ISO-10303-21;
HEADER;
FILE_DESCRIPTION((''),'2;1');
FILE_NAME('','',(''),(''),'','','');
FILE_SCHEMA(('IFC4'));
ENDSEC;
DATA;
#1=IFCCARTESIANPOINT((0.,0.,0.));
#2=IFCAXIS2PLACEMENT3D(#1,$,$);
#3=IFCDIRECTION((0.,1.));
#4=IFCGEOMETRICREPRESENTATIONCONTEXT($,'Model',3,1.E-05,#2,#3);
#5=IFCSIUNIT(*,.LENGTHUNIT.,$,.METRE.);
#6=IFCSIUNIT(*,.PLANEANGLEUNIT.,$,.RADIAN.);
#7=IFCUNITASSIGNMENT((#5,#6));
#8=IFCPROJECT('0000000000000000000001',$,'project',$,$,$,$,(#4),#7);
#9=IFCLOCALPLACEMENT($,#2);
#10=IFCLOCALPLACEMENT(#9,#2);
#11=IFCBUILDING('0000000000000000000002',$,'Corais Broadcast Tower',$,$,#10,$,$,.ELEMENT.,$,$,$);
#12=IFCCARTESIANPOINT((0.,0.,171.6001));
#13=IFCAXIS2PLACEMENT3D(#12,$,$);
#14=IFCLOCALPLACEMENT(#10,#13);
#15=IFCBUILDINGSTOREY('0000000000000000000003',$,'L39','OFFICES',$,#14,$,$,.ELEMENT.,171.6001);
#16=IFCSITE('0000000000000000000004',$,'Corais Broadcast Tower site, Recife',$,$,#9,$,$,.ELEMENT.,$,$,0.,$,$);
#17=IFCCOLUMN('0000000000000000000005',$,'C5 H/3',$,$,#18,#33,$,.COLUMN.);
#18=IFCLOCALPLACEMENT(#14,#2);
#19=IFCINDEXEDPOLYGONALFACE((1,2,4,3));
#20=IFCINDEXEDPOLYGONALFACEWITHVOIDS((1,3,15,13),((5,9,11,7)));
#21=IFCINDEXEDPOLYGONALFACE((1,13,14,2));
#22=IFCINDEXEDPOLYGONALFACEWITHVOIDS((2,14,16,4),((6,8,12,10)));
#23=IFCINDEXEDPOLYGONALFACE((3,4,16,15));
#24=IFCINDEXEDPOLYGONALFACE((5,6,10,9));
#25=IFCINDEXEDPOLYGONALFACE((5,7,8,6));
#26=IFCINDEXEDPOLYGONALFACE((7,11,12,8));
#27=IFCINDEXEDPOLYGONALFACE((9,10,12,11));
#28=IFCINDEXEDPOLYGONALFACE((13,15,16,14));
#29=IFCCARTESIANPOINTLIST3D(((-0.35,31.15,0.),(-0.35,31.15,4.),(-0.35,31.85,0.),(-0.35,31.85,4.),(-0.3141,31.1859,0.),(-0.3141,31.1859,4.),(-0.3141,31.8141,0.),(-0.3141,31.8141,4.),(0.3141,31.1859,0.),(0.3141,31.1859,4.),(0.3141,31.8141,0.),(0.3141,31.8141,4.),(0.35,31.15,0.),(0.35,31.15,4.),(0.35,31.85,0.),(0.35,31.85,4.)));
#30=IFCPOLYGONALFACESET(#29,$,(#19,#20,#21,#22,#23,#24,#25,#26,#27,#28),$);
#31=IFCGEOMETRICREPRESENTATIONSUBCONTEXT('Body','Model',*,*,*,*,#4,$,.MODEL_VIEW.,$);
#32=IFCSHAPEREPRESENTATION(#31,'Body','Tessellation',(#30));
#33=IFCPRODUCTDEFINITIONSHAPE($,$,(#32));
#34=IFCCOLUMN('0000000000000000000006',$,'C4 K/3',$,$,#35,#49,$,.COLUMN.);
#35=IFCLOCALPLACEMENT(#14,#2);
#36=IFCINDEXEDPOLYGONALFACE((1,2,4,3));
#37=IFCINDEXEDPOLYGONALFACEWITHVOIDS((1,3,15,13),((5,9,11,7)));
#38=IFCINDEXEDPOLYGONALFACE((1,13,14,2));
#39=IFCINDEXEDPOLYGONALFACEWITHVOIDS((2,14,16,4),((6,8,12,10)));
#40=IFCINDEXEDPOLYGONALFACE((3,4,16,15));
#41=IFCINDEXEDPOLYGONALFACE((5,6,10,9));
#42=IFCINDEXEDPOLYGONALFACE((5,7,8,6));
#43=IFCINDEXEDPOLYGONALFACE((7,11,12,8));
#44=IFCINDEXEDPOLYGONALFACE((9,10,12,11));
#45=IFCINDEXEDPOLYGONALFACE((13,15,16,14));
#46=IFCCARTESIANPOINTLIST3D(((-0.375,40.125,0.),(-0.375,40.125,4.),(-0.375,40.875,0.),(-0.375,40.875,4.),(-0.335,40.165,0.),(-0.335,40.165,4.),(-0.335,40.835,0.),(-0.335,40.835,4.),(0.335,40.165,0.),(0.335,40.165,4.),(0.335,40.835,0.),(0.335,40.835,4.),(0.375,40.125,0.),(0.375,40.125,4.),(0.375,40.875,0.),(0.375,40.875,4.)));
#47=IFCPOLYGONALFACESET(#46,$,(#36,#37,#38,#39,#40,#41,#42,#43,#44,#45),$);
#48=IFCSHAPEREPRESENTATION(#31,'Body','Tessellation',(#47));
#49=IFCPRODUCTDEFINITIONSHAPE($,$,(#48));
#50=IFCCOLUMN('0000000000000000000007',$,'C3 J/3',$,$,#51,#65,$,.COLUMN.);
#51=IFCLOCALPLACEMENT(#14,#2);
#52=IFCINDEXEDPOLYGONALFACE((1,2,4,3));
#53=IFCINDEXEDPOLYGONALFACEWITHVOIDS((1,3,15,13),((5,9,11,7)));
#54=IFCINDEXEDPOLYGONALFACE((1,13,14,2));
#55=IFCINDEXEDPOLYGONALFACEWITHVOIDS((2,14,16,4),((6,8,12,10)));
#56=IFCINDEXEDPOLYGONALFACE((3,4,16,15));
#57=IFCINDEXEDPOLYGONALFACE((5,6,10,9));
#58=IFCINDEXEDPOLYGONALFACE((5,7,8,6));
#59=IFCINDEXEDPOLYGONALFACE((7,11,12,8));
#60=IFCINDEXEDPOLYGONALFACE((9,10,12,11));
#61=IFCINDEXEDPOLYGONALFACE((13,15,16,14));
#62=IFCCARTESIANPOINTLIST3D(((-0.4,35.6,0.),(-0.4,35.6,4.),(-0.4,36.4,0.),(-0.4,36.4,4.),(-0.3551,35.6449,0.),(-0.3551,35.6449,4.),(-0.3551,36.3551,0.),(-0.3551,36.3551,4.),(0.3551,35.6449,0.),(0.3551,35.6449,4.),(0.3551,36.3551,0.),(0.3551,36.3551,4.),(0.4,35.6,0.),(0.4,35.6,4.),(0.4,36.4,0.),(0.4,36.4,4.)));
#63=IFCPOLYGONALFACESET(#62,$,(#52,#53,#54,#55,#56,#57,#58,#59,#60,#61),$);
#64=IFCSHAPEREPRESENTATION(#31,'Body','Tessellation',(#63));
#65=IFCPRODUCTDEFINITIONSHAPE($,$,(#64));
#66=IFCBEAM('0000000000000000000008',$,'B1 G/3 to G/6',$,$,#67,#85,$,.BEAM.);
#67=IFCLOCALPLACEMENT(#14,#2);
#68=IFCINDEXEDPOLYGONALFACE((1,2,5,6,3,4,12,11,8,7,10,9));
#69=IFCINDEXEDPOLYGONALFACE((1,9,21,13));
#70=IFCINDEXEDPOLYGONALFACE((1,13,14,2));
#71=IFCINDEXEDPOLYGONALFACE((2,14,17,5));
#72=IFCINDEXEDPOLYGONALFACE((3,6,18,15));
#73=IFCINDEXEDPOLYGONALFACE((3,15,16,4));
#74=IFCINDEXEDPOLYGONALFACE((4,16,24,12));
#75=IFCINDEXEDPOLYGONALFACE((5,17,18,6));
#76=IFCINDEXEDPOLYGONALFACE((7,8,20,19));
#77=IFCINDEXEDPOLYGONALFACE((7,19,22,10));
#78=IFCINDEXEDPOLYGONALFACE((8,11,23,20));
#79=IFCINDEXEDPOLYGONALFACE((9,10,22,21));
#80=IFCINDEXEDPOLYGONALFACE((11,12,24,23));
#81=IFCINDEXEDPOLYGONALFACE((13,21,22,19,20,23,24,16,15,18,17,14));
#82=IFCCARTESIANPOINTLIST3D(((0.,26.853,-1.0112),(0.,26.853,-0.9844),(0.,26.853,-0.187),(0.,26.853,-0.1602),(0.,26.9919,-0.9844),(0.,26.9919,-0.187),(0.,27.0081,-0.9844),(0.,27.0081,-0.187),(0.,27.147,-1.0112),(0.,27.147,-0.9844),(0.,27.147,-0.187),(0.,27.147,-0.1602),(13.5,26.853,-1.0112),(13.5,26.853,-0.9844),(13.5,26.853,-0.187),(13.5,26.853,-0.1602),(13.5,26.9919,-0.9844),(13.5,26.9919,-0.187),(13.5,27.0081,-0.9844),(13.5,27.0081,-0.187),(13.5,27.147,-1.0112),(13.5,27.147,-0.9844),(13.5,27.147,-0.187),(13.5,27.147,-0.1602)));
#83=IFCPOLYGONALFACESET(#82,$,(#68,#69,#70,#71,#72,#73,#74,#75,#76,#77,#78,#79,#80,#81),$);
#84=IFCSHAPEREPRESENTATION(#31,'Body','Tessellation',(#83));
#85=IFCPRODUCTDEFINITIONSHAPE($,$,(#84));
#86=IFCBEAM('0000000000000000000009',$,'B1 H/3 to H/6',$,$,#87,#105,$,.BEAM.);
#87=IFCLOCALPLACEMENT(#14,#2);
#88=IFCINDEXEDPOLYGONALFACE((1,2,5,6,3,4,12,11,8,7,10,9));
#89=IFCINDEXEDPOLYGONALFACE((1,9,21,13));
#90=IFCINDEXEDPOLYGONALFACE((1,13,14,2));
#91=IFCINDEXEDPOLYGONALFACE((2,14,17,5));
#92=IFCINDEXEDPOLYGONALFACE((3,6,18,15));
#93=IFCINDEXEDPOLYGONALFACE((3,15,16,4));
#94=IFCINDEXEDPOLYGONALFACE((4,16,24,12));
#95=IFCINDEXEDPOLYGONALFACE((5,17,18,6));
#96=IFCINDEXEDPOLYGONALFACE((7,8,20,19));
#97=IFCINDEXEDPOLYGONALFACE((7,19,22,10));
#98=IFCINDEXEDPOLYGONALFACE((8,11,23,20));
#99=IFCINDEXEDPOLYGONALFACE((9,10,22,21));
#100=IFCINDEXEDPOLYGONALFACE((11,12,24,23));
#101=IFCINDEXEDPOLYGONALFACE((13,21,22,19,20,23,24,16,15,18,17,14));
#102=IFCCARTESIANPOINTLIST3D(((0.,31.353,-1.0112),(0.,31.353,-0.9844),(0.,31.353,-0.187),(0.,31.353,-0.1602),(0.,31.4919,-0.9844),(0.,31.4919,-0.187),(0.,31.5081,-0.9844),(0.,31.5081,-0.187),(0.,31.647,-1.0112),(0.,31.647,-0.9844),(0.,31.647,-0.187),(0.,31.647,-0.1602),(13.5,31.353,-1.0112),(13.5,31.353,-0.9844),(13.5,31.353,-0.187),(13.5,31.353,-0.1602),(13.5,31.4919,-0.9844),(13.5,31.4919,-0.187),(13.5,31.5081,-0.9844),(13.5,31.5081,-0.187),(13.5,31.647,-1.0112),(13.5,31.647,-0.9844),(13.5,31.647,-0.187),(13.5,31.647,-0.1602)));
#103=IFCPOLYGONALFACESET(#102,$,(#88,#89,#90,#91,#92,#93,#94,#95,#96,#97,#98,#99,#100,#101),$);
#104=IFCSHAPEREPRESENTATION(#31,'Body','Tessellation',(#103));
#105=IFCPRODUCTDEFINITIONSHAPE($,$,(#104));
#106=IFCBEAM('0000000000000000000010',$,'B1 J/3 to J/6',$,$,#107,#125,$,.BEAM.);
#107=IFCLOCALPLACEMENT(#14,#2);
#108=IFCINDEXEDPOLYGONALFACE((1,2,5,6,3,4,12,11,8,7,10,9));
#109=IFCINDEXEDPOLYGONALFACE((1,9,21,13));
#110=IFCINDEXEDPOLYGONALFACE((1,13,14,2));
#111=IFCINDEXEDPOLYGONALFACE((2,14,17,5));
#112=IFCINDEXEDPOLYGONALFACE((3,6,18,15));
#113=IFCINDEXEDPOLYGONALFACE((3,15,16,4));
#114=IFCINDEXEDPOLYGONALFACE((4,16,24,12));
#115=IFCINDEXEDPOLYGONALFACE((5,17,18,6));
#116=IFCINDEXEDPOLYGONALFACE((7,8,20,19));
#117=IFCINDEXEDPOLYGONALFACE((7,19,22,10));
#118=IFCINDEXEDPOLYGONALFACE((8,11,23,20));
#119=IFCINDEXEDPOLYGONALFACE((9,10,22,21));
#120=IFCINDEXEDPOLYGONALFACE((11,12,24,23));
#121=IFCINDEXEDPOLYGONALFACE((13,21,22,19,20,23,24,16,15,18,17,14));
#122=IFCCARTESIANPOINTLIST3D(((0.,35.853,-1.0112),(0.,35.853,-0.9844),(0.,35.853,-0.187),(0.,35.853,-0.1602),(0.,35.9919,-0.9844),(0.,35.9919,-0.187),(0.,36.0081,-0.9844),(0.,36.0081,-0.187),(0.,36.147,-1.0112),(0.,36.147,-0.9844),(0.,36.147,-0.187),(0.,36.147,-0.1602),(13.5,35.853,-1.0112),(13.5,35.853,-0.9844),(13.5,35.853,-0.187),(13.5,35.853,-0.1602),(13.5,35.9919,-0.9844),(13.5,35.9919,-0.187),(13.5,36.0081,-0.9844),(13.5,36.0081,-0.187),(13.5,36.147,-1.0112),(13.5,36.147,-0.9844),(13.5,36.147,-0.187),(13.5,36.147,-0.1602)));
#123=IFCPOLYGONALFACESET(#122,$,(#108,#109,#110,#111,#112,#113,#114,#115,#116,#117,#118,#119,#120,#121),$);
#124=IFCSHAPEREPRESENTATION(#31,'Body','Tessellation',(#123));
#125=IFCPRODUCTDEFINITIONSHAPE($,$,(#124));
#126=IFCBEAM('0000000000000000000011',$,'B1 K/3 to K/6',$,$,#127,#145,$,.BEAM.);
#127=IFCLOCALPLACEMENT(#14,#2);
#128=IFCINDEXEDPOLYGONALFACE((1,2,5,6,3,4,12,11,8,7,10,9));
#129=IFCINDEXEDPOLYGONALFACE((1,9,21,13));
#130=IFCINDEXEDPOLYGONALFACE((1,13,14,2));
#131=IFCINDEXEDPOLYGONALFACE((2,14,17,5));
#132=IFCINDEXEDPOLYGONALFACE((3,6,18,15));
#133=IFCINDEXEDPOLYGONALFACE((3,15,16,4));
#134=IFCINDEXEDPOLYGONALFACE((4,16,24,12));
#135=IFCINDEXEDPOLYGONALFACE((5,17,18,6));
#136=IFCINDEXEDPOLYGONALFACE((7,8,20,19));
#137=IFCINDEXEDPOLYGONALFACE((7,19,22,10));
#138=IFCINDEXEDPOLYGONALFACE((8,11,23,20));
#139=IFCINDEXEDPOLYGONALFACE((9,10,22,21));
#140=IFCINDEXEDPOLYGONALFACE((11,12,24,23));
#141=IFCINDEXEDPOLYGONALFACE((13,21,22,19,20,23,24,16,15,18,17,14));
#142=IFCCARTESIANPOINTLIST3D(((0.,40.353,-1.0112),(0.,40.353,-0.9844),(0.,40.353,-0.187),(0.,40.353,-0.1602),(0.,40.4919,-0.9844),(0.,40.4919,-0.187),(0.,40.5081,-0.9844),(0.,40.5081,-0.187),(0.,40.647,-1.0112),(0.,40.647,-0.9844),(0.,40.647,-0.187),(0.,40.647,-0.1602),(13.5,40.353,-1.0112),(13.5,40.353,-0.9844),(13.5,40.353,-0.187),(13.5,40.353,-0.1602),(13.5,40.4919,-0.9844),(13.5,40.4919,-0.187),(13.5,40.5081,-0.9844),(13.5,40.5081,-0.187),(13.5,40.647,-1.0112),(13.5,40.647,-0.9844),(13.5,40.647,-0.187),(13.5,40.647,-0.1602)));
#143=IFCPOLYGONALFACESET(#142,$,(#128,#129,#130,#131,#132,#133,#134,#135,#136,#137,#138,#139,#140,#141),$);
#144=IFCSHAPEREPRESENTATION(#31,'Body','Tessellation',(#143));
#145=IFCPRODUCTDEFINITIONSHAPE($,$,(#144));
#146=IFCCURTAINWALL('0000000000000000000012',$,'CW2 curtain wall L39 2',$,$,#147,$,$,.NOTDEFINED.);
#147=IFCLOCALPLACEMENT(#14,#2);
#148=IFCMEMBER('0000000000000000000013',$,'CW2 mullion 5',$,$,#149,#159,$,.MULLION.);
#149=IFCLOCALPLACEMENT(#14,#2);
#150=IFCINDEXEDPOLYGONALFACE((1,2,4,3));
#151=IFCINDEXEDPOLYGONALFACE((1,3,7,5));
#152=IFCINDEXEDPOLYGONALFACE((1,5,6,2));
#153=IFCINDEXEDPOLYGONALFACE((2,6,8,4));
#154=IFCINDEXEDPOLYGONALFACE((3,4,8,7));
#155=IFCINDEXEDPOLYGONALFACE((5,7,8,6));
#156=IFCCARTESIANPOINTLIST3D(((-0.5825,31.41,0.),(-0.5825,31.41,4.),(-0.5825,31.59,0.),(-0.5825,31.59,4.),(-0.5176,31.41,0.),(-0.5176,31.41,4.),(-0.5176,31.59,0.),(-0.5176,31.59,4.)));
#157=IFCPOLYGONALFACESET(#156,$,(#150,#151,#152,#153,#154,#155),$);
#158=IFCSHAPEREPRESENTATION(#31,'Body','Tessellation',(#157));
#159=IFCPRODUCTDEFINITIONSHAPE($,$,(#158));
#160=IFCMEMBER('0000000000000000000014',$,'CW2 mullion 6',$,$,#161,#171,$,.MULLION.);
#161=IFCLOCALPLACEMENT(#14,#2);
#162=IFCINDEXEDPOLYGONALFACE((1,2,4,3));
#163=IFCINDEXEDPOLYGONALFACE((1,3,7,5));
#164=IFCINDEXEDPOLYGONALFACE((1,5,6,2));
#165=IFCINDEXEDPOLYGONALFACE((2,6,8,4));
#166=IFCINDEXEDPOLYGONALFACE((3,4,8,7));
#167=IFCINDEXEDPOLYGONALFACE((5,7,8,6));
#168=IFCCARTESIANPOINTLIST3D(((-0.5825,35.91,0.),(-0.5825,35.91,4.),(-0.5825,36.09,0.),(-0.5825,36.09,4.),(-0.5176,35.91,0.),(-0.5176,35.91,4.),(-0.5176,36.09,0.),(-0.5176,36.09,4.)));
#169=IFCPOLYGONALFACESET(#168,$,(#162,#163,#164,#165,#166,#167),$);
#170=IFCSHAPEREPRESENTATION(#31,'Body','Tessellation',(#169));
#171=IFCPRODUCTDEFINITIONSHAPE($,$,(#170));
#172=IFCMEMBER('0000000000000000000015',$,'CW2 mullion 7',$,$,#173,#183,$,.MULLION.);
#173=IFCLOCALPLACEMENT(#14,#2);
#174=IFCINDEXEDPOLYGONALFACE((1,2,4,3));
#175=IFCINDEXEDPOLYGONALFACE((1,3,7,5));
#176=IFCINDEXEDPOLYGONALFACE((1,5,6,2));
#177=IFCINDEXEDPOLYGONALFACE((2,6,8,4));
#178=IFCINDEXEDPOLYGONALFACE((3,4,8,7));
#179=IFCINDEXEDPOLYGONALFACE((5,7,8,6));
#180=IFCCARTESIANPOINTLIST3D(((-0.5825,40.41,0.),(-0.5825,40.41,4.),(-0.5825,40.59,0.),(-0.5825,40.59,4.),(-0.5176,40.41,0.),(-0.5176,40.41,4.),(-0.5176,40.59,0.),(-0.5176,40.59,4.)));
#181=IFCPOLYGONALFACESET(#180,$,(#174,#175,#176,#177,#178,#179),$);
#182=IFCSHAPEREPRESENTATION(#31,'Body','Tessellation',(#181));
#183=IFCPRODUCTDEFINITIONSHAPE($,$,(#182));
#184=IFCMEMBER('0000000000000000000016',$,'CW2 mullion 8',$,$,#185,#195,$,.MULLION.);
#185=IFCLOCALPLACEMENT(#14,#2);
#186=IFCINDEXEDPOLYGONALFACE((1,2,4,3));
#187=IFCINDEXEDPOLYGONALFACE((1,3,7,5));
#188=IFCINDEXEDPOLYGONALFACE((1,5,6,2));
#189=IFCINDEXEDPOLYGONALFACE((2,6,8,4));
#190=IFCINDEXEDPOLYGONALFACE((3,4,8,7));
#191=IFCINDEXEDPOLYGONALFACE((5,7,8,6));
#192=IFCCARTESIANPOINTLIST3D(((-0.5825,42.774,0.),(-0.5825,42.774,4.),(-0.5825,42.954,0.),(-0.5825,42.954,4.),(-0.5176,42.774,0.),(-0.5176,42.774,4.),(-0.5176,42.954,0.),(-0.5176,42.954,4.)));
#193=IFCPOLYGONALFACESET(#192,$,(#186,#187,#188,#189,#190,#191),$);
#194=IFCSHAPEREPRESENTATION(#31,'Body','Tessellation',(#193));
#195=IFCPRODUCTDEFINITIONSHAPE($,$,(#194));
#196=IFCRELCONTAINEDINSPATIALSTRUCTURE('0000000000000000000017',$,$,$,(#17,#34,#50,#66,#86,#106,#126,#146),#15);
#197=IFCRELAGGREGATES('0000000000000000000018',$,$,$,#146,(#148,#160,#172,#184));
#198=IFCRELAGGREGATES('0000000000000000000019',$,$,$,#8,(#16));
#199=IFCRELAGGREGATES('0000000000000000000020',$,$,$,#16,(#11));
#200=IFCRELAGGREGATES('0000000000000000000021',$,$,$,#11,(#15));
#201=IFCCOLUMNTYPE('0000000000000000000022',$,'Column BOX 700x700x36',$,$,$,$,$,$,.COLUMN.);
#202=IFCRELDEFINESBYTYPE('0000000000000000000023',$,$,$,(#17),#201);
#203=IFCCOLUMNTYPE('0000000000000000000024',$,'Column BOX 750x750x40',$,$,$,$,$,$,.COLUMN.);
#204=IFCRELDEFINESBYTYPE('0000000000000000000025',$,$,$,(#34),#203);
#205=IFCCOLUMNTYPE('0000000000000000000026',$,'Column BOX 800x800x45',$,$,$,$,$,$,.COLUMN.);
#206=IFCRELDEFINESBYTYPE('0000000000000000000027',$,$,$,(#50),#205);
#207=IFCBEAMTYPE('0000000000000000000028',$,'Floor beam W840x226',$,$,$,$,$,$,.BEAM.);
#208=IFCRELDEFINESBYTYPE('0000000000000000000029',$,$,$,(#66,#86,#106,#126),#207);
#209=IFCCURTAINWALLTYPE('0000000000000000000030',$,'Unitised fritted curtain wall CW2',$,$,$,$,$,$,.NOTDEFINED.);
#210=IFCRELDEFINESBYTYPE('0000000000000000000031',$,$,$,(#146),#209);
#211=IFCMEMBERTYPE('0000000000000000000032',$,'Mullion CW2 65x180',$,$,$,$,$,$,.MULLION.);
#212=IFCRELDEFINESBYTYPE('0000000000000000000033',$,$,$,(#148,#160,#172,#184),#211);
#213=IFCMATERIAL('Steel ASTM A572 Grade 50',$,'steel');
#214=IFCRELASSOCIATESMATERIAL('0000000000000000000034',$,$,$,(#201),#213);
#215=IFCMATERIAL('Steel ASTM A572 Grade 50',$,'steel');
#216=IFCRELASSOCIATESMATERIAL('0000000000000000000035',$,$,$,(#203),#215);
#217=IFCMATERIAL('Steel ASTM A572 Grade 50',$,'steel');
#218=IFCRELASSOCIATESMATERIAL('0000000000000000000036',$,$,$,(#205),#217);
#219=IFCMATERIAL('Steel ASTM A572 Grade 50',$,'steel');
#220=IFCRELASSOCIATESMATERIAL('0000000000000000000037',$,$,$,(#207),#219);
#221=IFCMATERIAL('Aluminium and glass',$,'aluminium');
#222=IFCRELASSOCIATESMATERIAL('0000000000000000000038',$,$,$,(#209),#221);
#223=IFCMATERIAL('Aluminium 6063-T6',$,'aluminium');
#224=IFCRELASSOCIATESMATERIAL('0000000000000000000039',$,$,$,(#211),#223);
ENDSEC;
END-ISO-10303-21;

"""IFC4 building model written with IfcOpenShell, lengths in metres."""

from ifc_helpers import new_model, si_unit, direction, frame, origin, origin_2d, place, context, subcontext, project, spatial, rectangle, hollow_rectangle, i_section, extrude, material, material_profile, profile_set, type_object, element, aggregate, save


model = new_model("IFC4")

# Units and contexts
model_context = context("Model", 3, precision=1e-05, world=origin(), true_north=direction((0.0, 1.0)))
body_context = subcontext(model_context, "Body", "Model", "MODEL_VIEW")
ifc_project = project(units=[si_unit("LENGTHUNIT", "METRE"), si_unit("PLANEANGLEUNIT", "RADIAN")], contexts=[model_context])

# Site, building, storey
site_placement = place(None, origin())
site = spatial("IfcSite", under=ifc_project, at=site_placement, Name="Corais Broadcast Tower site, Recife", CompositionType="ELEMENT", RefElevation=0.0)
building_placement = place(site_placement, origin())
building = spatial("IfcBuilding", under=site, at=building_placement, Name="Corais Broadcast Tower", CompositionType="ELEMENT")
storey_placement = place(building_placement, frame((0.0, 0.0, 171.6001)))
storey = spatial("IfcBuildingStorey", under=building, at=storey_placement, Name="L39", Description="OFFICES", CompositionType="ELEMENT", Elevation=171.6001)

# Columns
ifc_material_1 = material(Name="Steel ASTM A572 Grade 50", Category="steel")
ifc_material_profile_1 = material_profile(ifc_material_1, hollow_rectangle(XDim=0.7, YDim=0.7, WallThickness=0.0359, at=origin_2d()), Name="BOX 700x700x36")
ifc_profile_set_1 = profile_set([ifc_material_profile_1], Name="Steel ASTM A572 Grade 50")
column_type_1 = type_object("IfcColumnType", Name="Column BOX 700x700x36", PredefinedType="COLUMN", material=ifc_profile_set_1)
column_1_placement = place(storey_placement, frame((0.0, 31.5, 0.0), z_axis=(0.0, 0.0, 1.0), x_axis=(1.0, 0.0, 0.0)))
element("IfcColumn", 1, at=column_1_placement, inside=storey, type_object=column_type_1, Name="C5 H/3", PredefinedType="COLUMN", context=body_context, shape_type="SweptSolid", body=[
    extrude(hollow_rectangle(XDim=0.7, YDim=0.7, WallThickness=0.0359, at=origin_2d()), origin(), (0.0, 0.0, 1.0), 4.0),
])
ifc_material_2 = material(Name="Steel ASTM A572 Grade 50", Category="steel")
ifc_material_profile_2 = material_profile(ifc_material_2, hollow_rectangle(XDim=0.75, YDim=0.75, WallThickness=0.04, at=origin_2d()), Name="BOX 750x750x40")
ifc_profile_set_2 = profile_set([ifc_material_profile_2], Name="Steel ASTM A572 Grade 50")
column_type_2 = type_object("IfcColumnType", Name="Column BOX 750x750x40", PredefinedType="COLUMN", material=ifc_profile_set_2)
column_2_placement = place(storey_placement, frame((0.0, 40.5, 0.0), z_axis=(0.0, 0.0, 1.0), x_axis=(1.0, 0.0, 0.0)))
element("IfcColumn", 2, at=column_2_placement, inside=storey, type_object=column_type_2, Name="C4 K/3", PredefinedType="COLUMN", context=body_context, shape_type="SweptSolid", body=[
    extrude(hollow_rectangle(XDim=0.75, YDim=0.75, WallThickness=0.04, at=origin_2d()), origin(), (0.0, 0.0, 1.0), 4.0),
])
ifc_material_3 = material(Name="Steel ASTM A572 Grade 50", Category="steel")
ifc_material_profile_3 = material_profile(ifc_material_3, hollow_rectangle(XDim=0.8, YDim=0.8, WallThickness=0.0449, at=origin_2d()), Name="BOX 800x800x45")
ifc_profile_set_3 = profile_set([ifc_material_profile_3], Name="Steel ASTM A572 Grade 50")
column_type_3 = type_object("IfcColumnType", Name="Column BOX 800x800x45", PredefinedType="COLUMN", material=ifc_profile_set_3)
column_3_placement = place(storey_placement, frame((0.0, 36.0, 0.0), z_axis=(0.0, 0.0, 1.0), x_axis=(1.0, 0.0, 0.0)))
element("IfcColumn", 3, at=column_3_placement, inside=storey, type_object=column_type_3, Name="C3 J/3", PredefinedType="COLUMN", context=body_context, shape_type="SweptSolid", body=[
    extrude(hollow_rectangle(XDim=0.8, YDim=0.8, WallThickness=0.0449, at=origin_2d()), origin(), (0.0, 0.0, 1.0), 4.0),
])

# Beams
ifc_material_4 = material(Name="Steel ASTM A572 Grade 50", Category="steel")
ifc_material_profile_4 = material_profile(ifc_material_4, i_section(OverallWidth=0.2939, OverallDepth=0.8511, WebThickness=0.0161, FlangeThickness=0.0269, at=origin_2d()), Name="W840x226")
ifc_profile_set_4 = profile_set([ifc_material_profile_4], Name="Steel ASTM A572 Grade 50")
beam_type_1 = type_object("IfcBeamType", Name="Floor beam W840x226", PredefinedType="BEAM", material=ifc_profile_set_4)
for number, where, z_axis, x_axis, name in (
    (4, (0.0, 27.0, -0.5857), (1.0, 0.0, 0.0), (0.0, 1.0, 0.0), "B1 G/3 to G/6"),
    (5, (0.0, 31.5, -0.5857), (1.0, 0.0, 0.0), (0.0, 1.0, 0.0), "B1 H/3 to H/6"),
    (6, (0.0, 36.0, -0.5857), (1.0, 0.0, 0.0), (0.0, 1.0, 0.0), "B1 J/3 to J/6"),
    (7, (0.0, 40.5, -0.5857), (1.0, 0.0, 0.0), (0.0, 1.0, 0.0), "B1 K/3 to K/6"),
):
    element("IfcBeam", number, at=place(storey_placement, frame(where, z_axis=z_axis, x_axis=x_axis)), inside=storey, type_object=beam_type_1, Name=name, PredefinedType="BEAM", context=body_context, shape_type="SweptSolid", body=[
        extrude(i_section(OverallWidth=0.2939, OverallDepth=0.8511, WebThickness=0.0161, FlangeThickness=0.0269, at=origin_2d()), origin(), (0.0, 0.0, 1.0), 13.5),
    ])

# Curtain wall, members
ifc_material_5 = material(Name="Aluminium and glass", Category="aluminium")
curtain_wall_type = type_object("IfcCurtainWallType", Name="Unitised fritted curtain wall CW2", PredefinedType="NOTDEFINED", material=ifc_material_5)
curtain_wall_placement = place(storey_placement, origin())
curtain_wall = element("IfcCurtainWall", 8, at=curtain_wall_placement, inside=storey, type_object=curtain_wall_type, Name="CW2 curtain wall L39 2", PredefinedType="NOTDEFINED")
ifc_material_6 = material(Name="Aluminium 6063-T6", Category="aluminium")
ifc_material_profile_5 = material_profile(ifc_material_6, rectangle(XDim=0.0649, YDim=0.1799, at=origin_2d()), Name="Mullion CW2 65x180")
ifc_profile_set_5 = profile_set([ifc_material_profile_5], Name="Aluminium 6063-T6")
member_type_1 = type_object("IfcMemberType", Name="Mullion CW2 65x180", PredefinedType="MULLION", material=ifc_profile_set_5)
member_1_placement = place(storey_placement, frame((-0.55, 31.5, 0.0), z_axis=(0.0, 0.0, 1.0), x_axis=(-1.0, 0.0, 0.0)))
member_1 = element("IfcMember", 9, at=member_1_placement, type_object=member_type_1, Name="CW2 mullion 5", PredefinedType="MULLION", context=body_context, shape_type="SweptSolid", body=[
    extrude(rectangle(XDim=0.0649, YDim=0.1799, at=origin_2d()), origin(), (0.0, 0.0, 1.0), 4.0),
])
member_2_placement = place(storey_placement, frame((-0.55, 36.0, 0.0), z_axis=(0.0, 0.0, 1.0), x_axis=(-1.0, 0.0, 0.0)))
member_2 = element("IfcMember", 10, at=member_2_placement, type_object=member_type_1, Name="CW2 mullion 6", PredefinedType="MULLION", context=body_context, shape_type="SweptSolid", body=[
    extrude(rectangle(XDim=0.0649, YDim=0.1799, at=origin_2d()), origin(), (0.0, 0.0, 1.0), 4.0),
])
member_3_placement = place(storey_placement, frame((-0.55, 40.5, 0.0), z_axis=(0.0, 0.0, 1.0), x_axis=(-1.0, 0.0, 0.0)))
member_3 = element("IfcMember", 11, at=member_3_placement, type_object=member_type_1, Name="CW2 mullion 7", PredefinedType="MULLION", context=body_context, shape_type="SweptSolid", body=[
    extrude(rectangle(XDim=0.0649, YDim=0.1799, at=origin_2d()), origin(), (0.0, 0.0, 1.0), 4.0),
])
member_4_placement = place(storey_placement, frame((-0.55, 42.864, 0.0), z_axis=(0.0, 0.0, 1.0), x_axis=(-1.0, 0.0, 0.0)))
member_4 = element("IfcMember", 12, at=member_4_placement, type_object=member_type_1, Name="CW2 mullion 8", PredefinedType="MULLION", context=body_context, shape_type="SweptSolid", body=[
    extrude(rectangle(XDim=0.0649, YDim=0.1799, at=origin_2d()), origin(), (0.0, 0.0, 1.0), 4.0),
])

aggregate(curtain_wall, [member_1, member_2, member_3, member_4])

save(model, "model.ifc")
